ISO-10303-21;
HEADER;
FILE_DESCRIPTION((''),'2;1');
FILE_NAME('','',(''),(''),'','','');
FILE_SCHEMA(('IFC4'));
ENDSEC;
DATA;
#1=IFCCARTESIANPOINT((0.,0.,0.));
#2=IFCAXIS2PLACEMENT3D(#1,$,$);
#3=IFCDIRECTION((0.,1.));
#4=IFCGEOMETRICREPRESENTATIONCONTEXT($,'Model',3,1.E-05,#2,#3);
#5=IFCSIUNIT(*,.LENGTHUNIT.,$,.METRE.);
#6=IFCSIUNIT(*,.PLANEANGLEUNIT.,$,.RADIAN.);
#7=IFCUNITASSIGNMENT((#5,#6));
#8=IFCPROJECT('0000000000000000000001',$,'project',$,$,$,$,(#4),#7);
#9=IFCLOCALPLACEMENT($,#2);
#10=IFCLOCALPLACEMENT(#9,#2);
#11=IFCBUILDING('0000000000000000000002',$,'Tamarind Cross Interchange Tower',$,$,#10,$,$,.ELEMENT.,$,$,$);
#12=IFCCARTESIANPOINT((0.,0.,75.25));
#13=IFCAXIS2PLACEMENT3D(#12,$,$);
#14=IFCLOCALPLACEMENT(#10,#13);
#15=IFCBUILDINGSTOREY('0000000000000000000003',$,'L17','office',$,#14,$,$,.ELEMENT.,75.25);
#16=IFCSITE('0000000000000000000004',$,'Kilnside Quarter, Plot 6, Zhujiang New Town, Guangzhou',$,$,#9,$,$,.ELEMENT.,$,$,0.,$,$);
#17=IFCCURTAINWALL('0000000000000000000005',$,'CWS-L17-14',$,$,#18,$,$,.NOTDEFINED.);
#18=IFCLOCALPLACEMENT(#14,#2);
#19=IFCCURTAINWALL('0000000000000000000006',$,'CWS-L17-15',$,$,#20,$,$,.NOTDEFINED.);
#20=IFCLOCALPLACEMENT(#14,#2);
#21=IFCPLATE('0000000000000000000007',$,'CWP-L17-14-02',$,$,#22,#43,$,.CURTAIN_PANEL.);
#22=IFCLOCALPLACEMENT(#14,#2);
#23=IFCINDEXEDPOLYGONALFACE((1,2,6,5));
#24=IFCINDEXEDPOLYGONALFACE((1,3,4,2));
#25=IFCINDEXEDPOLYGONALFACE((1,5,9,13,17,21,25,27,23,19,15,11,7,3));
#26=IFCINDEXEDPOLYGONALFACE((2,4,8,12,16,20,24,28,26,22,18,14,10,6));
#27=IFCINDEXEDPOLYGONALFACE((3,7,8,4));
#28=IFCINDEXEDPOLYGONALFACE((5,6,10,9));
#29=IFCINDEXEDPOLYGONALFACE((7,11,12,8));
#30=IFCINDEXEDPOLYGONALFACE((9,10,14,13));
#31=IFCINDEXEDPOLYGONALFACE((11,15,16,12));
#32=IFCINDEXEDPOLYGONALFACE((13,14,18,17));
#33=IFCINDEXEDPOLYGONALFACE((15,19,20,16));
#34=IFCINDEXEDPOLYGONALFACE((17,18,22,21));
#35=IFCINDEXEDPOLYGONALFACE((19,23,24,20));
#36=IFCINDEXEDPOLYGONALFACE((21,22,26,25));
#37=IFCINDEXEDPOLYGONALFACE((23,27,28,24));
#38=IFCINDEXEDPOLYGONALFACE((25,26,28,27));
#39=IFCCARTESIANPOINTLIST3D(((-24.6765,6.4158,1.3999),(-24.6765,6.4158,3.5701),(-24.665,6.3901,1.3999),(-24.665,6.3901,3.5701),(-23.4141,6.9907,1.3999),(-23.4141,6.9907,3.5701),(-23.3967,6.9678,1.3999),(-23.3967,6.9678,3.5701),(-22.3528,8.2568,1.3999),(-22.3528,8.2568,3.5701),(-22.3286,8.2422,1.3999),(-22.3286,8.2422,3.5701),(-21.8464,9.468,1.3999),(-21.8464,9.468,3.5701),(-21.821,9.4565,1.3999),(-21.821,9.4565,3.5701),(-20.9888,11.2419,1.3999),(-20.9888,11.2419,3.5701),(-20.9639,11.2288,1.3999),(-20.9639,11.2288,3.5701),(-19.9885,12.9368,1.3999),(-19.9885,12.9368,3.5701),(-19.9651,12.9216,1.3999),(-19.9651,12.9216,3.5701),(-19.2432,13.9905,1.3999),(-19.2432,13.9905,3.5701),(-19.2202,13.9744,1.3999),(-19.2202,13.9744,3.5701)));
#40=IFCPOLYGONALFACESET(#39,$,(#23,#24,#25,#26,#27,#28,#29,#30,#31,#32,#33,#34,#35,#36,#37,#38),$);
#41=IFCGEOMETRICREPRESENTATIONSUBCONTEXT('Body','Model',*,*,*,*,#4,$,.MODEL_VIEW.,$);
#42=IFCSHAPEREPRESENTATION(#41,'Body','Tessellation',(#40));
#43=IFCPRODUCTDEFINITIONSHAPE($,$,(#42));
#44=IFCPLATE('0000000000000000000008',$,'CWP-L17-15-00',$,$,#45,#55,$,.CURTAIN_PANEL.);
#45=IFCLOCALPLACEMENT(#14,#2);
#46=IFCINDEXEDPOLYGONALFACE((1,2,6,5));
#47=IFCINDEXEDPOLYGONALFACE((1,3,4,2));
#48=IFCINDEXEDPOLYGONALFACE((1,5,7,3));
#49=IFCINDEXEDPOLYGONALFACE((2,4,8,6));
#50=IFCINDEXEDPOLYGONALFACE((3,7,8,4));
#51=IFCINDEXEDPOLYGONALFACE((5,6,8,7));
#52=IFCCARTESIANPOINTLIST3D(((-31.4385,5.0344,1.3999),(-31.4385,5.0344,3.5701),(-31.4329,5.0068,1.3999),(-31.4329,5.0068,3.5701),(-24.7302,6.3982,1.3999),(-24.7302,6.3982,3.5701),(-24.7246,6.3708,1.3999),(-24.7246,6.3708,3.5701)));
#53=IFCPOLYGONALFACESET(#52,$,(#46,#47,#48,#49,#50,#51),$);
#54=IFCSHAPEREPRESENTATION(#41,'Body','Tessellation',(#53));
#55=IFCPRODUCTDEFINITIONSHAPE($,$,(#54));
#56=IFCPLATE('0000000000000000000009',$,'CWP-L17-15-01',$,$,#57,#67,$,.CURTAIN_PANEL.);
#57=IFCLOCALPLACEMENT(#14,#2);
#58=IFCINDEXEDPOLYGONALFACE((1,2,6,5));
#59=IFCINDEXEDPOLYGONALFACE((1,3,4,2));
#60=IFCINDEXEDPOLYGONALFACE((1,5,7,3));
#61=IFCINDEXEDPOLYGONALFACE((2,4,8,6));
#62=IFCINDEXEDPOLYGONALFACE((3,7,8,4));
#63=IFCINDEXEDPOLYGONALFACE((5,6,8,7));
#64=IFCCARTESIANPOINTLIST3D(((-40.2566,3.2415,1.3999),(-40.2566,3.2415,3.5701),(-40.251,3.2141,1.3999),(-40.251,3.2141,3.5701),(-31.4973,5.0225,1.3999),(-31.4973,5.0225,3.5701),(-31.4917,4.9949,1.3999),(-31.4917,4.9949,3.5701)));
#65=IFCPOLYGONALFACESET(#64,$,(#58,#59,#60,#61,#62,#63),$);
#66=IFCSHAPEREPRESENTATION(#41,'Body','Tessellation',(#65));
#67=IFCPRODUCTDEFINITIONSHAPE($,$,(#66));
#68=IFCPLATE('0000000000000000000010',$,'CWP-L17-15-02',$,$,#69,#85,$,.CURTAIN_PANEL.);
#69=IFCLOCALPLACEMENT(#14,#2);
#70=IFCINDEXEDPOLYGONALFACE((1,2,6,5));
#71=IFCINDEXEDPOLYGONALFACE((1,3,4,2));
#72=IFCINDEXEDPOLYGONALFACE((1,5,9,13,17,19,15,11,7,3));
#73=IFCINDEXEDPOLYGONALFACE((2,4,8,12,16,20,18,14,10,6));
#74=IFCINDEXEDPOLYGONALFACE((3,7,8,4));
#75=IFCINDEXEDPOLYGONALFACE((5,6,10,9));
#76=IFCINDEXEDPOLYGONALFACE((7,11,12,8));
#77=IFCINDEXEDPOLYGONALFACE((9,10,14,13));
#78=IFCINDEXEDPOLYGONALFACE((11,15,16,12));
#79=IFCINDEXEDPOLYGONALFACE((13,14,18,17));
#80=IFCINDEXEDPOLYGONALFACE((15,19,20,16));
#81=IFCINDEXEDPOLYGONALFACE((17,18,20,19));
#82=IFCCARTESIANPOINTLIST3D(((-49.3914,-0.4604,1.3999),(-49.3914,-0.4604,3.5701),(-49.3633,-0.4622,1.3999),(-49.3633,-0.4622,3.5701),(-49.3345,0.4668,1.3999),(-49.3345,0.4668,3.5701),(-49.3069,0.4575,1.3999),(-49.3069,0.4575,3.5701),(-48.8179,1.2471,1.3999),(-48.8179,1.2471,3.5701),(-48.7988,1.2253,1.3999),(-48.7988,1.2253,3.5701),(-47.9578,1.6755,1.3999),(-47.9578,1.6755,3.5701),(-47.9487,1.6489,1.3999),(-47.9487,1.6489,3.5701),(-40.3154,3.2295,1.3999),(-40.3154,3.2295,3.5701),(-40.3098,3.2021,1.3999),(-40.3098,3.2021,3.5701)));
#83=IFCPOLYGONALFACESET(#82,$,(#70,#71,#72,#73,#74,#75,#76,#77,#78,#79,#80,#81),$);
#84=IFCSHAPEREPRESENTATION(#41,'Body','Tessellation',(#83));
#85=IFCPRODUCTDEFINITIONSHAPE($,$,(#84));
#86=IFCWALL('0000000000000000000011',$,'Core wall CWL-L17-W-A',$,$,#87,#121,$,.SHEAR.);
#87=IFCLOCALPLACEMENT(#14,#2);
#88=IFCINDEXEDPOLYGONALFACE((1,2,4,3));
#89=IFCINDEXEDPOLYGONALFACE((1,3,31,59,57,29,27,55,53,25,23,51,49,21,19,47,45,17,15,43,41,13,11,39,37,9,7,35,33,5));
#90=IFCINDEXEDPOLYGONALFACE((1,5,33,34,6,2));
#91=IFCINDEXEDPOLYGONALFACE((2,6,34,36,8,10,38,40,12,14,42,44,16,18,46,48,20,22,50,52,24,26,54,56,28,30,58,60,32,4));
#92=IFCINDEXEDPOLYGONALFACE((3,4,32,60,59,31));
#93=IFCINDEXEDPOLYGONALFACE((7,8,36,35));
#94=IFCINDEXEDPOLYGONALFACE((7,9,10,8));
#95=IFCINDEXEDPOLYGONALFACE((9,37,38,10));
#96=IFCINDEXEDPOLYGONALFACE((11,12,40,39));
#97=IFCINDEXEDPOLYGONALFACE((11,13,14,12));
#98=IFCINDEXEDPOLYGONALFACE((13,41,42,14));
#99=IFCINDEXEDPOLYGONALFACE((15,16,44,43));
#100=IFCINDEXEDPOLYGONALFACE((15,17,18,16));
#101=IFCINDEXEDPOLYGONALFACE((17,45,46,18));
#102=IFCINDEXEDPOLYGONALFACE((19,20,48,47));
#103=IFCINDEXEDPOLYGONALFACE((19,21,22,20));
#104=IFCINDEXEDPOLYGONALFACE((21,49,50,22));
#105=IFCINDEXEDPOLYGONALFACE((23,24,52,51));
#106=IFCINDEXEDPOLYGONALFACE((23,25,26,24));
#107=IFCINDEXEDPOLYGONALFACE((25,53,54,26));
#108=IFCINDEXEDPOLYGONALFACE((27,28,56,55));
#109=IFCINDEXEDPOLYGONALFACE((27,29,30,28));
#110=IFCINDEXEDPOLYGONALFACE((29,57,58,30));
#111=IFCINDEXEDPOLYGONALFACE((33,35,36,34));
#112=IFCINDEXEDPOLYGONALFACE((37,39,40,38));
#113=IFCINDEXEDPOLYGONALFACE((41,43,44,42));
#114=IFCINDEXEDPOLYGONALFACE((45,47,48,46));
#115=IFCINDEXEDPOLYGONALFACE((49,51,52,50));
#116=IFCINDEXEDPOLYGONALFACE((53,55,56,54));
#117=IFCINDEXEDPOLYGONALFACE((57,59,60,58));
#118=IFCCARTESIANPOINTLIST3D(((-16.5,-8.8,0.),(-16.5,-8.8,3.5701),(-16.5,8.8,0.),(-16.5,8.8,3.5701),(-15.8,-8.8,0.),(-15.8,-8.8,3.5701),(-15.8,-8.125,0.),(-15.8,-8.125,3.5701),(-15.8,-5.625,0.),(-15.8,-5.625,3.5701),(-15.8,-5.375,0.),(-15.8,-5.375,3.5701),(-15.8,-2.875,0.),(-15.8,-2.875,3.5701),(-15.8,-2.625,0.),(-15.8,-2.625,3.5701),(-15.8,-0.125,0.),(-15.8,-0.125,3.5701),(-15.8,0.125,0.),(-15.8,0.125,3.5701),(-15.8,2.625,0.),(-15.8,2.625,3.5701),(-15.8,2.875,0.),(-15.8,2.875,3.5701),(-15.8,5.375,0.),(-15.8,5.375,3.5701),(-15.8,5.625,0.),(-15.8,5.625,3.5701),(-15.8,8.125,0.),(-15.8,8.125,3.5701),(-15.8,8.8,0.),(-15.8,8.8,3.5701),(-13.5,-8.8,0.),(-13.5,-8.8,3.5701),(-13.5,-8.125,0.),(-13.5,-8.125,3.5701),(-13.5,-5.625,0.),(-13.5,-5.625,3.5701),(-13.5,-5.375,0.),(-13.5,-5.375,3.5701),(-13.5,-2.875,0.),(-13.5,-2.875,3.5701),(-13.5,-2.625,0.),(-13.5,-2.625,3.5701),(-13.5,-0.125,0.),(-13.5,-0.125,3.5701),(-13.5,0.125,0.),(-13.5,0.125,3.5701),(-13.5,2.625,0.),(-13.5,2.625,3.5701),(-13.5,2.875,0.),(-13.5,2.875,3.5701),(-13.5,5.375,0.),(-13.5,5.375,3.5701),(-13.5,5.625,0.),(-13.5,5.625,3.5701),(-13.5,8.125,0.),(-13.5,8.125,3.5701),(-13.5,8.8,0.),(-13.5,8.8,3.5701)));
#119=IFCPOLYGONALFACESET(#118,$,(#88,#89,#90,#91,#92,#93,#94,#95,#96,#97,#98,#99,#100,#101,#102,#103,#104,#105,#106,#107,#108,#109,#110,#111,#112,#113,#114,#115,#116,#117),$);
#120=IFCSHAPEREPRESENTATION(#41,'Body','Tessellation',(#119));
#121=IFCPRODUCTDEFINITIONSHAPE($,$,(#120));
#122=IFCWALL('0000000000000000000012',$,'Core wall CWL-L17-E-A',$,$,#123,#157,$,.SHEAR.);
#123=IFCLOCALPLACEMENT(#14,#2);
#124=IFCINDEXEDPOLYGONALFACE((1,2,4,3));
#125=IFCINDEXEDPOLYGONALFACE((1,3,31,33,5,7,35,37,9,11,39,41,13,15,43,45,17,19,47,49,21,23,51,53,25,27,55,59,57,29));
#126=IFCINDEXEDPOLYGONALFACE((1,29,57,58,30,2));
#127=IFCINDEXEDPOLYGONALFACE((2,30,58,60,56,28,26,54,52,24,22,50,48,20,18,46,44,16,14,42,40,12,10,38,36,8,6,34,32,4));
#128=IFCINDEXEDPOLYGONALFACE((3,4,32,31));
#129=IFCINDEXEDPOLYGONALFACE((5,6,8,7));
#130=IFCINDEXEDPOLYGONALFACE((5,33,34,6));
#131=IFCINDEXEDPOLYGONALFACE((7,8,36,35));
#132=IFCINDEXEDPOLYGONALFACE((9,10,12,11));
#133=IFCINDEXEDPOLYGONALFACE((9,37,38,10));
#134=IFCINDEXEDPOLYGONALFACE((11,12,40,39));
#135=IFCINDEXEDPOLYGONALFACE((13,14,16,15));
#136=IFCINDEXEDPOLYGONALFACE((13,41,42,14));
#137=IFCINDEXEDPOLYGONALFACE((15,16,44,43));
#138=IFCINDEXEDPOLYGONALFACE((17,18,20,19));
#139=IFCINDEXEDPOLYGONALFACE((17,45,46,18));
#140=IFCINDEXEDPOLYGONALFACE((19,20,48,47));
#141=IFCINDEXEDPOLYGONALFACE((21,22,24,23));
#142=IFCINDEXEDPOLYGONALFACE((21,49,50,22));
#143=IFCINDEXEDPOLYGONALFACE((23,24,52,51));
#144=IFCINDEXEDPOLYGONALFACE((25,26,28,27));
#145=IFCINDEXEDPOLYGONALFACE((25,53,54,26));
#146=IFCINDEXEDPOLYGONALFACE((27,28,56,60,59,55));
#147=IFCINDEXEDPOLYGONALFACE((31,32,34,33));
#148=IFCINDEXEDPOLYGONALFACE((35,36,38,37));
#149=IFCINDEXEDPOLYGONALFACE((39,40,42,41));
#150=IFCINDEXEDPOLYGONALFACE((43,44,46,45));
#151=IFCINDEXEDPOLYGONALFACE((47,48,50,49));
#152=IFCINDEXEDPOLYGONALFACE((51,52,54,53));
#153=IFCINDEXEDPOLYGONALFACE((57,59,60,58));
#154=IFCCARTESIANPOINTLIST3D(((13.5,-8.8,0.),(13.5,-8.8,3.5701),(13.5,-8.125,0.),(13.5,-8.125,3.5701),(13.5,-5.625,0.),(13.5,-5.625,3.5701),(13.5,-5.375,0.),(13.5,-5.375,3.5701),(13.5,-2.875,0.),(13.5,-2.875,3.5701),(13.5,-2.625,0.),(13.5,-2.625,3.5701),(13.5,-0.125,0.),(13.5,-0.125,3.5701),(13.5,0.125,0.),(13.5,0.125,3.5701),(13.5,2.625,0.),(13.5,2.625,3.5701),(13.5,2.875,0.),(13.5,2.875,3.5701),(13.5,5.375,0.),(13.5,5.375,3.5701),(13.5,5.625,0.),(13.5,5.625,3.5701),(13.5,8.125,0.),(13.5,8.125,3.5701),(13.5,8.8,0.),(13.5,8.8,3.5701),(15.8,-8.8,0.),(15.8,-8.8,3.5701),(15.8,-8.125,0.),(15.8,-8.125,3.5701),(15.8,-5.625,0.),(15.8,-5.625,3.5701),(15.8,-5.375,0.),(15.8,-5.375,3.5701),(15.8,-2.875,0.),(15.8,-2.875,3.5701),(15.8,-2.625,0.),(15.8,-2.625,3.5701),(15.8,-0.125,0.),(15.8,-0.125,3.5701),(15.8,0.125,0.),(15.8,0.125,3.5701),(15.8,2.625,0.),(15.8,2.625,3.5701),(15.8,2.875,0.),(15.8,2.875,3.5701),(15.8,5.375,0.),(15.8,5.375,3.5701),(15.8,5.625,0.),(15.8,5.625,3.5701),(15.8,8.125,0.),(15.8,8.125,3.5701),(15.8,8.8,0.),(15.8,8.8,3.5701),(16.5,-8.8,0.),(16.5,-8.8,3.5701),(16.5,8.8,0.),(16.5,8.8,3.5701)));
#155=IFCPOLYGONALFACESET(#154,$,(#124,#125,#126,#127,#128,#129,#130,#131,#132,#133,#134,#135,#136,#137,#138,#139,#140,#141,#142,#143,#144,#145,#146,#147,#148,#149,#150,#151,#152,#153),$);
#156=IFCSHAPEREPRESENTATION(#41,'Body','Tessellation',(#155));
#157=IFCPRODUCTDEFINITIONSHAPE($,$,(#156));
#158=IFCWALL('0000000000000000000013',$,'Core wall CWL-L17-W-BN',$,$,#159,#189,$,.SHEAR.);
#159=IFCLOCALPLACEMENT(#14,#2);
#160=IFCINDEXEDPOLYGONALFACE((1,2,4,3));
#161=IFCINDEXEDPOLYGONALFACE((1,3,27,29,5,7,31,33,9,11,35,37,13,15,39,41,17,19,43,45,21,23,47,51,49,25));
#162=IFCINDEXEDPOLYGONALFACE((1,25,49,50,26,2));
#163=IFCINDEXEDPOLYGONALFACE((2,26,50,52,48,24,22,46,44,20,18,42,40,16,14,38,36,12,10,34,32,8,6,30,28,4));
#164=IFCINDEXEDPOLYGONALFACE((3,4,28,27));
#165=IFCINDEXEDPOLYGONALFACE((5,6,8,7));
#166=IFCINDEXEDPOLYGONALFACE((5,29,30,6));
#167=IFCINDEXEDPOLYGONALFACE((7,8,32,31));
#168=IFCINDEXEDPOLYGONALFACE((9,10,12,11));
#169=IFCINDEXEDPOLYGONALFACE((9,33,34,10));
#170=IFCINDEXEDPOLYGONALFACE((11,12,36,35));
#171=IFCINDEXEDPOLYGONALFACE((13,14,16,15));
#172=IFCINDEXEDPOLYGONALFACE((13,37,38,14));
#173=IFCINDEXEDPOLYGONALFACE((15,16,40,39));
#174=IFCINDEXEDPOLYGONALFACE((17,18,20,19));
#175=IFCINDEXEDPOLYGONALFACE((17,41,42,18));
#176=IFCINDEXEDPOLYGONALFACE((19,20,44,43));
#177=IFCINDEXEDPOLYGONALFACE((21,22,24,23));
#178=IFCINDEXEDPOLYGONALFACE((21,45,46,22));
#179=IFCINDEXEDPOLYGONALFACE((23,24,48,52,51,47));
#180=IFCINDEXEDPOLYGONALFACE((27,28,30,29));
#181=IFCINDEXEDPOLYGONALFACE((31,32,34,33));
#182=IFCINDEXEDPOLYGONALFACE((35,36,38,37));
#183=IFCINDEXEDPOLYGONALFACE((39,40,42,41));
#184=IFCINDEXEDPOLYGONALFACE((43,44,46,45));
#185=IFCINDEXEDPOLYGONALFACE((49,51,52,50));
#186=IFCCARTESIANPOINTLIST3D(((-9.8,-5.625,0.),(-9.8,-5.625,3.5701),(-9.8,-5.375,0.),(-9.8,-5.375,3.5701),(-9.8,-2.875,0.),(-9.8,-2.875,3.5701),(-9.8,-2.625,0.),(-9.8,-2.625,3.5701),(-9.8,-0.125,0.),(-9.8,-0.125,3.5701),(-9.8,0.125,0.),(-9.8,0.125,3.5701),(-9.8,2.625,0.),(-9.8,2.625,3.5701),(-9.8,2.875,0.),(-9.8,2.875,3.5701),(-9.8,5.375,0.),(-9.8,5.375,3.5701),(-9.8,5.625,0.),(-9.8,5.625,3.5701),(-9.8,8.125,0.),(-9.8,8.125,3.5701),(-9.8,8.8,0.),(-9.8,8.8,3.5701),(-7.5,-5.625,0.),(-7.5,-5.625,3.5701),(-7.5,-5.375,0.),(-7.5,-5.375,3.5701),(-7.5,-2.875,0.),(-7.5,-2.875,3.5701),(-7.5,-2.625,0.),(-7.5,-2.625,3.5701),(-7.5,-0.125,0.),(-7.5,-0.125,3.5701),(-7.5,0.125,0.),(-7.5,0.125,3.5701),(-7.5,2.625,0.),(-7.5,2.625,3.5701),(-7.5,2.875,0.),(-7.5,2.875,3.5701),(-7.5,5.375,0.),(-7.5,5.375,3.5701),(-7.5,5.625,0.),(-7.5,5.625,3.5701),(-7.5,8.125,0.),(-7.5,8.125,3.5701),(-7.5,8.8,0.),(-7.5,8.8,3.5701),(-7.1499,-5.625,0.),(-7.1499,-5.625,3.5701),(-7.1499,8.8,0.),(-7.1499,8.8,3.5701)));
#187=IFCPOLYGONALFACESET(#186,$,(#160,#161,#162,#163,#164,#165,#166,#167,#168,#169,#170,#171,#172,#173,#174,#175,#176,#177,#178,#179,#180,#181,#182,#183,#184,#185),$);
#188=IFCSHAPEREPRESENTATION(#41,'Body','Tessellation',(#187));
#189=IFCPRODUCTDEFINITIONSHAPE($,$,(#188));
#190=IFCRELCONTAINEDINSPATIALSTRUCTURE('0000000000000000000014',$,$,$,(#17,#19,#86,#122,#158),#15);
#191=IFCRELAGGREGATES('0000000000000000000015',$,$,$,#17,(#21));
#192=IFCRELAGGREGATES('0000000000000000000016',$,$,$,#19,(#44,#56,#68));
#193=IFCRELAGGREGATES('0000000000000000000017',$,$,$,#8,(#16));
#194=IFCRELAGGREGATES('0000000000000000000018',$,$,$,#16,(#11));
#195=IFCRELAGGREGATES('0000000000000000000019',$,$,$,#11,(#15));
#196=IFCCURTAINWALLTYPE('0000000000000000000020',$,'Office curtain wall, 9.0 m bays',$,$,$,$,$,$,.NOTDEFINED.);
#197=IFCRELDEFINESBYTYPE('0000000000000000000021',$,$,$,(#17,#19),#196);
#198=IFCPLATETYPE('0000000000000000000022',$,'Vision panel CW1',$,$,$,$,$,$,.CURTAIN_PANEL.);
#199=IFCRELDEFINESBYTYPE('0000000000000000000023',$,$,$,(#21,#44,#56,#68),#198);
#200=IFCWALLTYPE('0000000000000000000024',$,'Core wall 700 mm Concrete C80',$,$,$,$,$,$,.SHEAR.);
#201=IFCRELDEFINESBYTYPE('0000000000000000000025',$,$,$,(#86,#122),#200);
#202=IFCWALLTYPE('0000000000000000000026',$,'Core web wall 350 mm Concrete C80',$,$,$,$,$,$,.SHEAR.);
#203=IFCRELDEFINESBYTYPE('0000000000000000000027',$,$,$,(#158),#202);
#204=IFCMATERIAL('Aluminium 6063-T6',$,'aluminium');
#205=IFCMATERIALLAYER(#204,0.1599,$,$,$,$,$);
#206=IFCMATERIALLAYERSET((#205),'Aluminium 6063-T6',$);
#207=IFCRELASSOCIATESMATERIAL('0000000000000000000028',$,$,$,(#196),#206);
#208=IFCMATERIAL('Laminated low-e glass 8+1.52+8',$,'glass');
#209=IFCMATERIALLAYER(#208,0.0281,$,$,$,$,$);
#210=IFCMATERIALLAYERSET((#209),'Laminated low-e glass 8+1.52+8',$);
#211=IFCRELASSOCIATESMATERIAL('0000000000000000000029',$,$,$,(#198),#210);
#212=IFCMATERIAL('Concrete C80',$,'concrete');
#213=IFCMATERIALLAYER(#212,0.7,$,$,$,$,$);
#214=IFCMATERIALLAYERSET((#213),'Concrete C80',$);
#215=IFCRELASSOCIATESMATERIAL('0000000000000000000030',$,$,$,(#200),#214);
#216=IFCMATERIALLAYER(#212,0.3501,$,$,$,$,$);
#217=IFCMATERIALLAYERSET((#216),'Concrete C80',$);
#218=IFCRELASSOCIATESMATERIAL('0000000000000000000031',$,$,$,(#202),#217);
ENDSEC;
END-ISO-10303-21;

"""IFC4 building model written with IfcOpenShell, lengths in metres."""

from ifc_helpers import new_model, si_unit, direction, frame, origin, place, context, subcontext, project, spatial, polyline, outline, extrude, material, layer, layer_set, type_object, element, aggregate, save


model = new_model("IFC4")

# Units and contexts
model_context = context("Model", 3, precision=1e-05, world=origin(), true_north=direction((0.0, 1.0)))
body_context = subcontext(model_context, "Body", "Model", "MODEL_VIEW")
ifc_project = project(units=[si_unit("LENGTHUNIT", "METRE"), si_unit("PLANEANGLEUNIT", "RADIAN")], contexts=[model_context])

# Site, building, storey
site_placement = place(None, origin())
site = spatial("IfcSite", under=ifc_project, at=site_placement, Name="Kilnside Quarter, Plot 6, Zhujiang New Town, Guangzhou", CompositionType="ELEMENT", RefElevation=0.0)
building_placement = place(site_placement, origin())
building = spatial("IfcBuilding", under=site, at=building_placement, Name="Tamarind Cross Interchange Tower", CompositionType="ELEMENT")
storey_placement = place(building_placement, frame((0.0, 0.0, 75.25)))
storey = spatial("IfcBuildingStorey", under=building, at=storey_placement, Name="L17", Description="office", CompositionType="ELEMENT", Elevation=75.25)

# Curtain walls
ifc_material_1 = material(Name="Aluminium 6063-T6", Category="aluminium")
ifc_layer_1 = layer(ifc_material_1, 0.1599)
ifc_layer_set_1 = layer_set([ifc_layer_1], Name="Aluminium 6063-T6")
curtain_wall_type = type_object("IfcCurtainWallType", Name="Office curtain wall, 9.0 m bays", PredefinedType="NOTDEFINED", material=ifc_layer_set_1)
curtain_wall_1_placement = place(storey_placement, origin())
curtain_wall_1 = element("IfcCurtainWall", 1, at=curtain_wall_1_placement, inside=storey, type_object=curtain_wall_type, Name="CWS-L17-14", PredefinedType="NOTDEFINED")
curtain_wall_2_placement = place(storey_placement, origin())
curtain_wall_2 = element("IfcCurtainWall", 2, at=curtain_wall_2_placement, inside=storey, type_object=curtain_wall_type, Name="CWS-L17-15", PredefinedType="NOTDEFINED")

# Plates
ifc_material_2 = material(Name="Laminated low-e glass 8+1.52+8", Category="glass")
ifc_layer_2 = layer(ifc_material_2, 0.0281)
ifc_layer_set_2 = layer_set([ifc_layer_2], Name="Laminated low-e glass 8+1.52+8")
plate_type = type_object("IfcPlateType", Name="Vision panel CW1", PredefinedType="CURTAIN_PANEL", material=ifc_layer_set_2)
plate_1_placement = place(storey_placement, frame((0.0, 0.0, 1.3999)))
plate_1 = element("IfcPlate", 3, at=plate_1_placement, type_object=plate_type, Name="CWP-L17-14-02", PredefinedType="CURTAIN_PANEL", context=body_context, shape_type="SweptSolid", body=[
    extrude(outline(polyline([(-19.2202, 13.9744), (-19.9651, 12.9216), (-20.9639, 11.2288), (-21.821, 9.4565), (-22.3286, 8.2422), (-23.3967, 6.9678), (-24.665, 6.3901), (-24.6765, 6.4158), (-23.4141, 6.9907), (-22.3528, 8.2568), (-21.8464, 9.468), (-20.9888, 11.2419), (-19.9885, 12.9368), (-19.2432, 13.9905), (-19.2202, 13.9744)])), origin(), (0.0, 0.0, 1.0), 2.1702),
])
aggregate(curtain_wall_1, [plate_1])
plate_2_placement = place(storey_placement, frame((0.0, 0.0, 1.3999)))
plate_2 = element("IfcPlate", 4, at=plate_2_placement, type_object=plate_type, Name="CWP-L17-15-00", PredefinedType="CURTAIN_PANEL", context=body_context, shape_type="SweptSolid", body=[
    extrude(outline(polyline([(-24.7246, 6.3708), (-31.4329, 5.0068), (-31.4385, 5.0344), (-24.7302, 6.3982), (-24.7246, 6.3708)])), origin(), (0.0, 0.0, 1.0), 2.1702),
])
plate_3_placement = place(storey_placement, frame((0.0, 0.0, 1.3999)))
plate_3 = element("IfcPlate", 5, at=plate_3_placement, type_object=plate_type, Name="CWP-L17-15-01", PredefinedType="CURTAIN_PANEL", context=body_context, shape_type="SweptSolid", body=[
    extrude(outline(polyline([(-31.4917, 4.9949), (-40.251, 3.2141), (-40.2566, 3.2415), (-31.4973, 5.0225), (-31.4917, 4.9949)])), origin(), (0.0, 0.0, 1.0), 2.1702),
])
plate_4_placement = place(storey_placement, frame((0.0, 0.0, 1.3999)))
plate_4 = element("IfcPlate", 6, at=plate_4_placement, type_object=plate_type, Name="CWP-L17-15-02", PredefinedType="CURTAIN_PANEL", context=body_context, shape_type="SweptSolid", body=[
    extrude(outline(polyline([(-40.3098, 3.2021), (-47.9487, 1.6489), (-48.7988, 1.2253), (-49.3069, 0.4575), (-49.3633, -0.4622), (-49.3914, -0.4604), (-49.3345, 0.4668), (-48.8179, 1.2471), (-47.9578, 1.6755), (-40.3154, 3.2295), (-40.3098, 3.2021)])), origin(), (0.0, 0.0, 1.0), 2.1702),
])
aggregate(curtain_wall_2, [plate_2, plate_3, plate_4])

# Walls
ifc_material_3 = material(Name="Concrete C80", Category="concrete")
ifc_layer_3 = layer(ifc_material_3, 0.7)
ifc_layer_set_3 = layer_set([ifc_layer_3], Name="Concrete C80")
wall_type_1 = type_object("IfcWallType", Name="Core wall 700 mm Concrete C80", PredefinedType="SHEAR", material=ifc_layer_set_3)
wall_1_placement = place(storey_placement, origin())
element("IfcWall", 7, at=wall_1_placement, inside=storey, type_object=wall_type_1, Name="Core wall CWL-L17-W-A", PredefinedType="SHEAR", context=body_context, shape_type="SweptSolid", body=[
    extrude(outline(polyline([(-13.5, -8.8), (-13.5, -8.125), (-15.8, -8.125), (-15.8, -5.625), (-13.5, -5.625), (-13.5, -5.375), (-15.8, -5.375), (-15.8, -2.875), (-13.5, -2.875), (-13.5, -2.625), (-15.8, -2.625), (-15.8, -0.125), (-13.5, -0.125), (-13.5, 0.125), (-15.8, 0.125), (-15.8, 2.625), (-13.5, 2.625), (-13.5, 2.875), (-15.8, 2.875), (-15.8, 5.375), (-13.5, 5.375), (-13.5, 5.625), (-15.8, 5.625), (-15.8, 8.125), (-13.5, 8.125), (-13.5, 8.8), (-15.8, 8.8), (-16.5, 8.8), (-16.5, -8.8), (-15.8, -8.8), (-13.5, -8.8)])), origin(), (0.0, 0.0, 1.0), 3.5701),
])
wall_2_placement = place(storey_placement, origin())
element("IfcWall", 8, at=wall_2_placement, inside=storey, type_object=wall_type_1, Name="Core wall CWL-L17-E-A", PredefinedType="SHEAR", context=body_context, shape_type="SweptSolid", body=[
    extrude(outline(polyline([(13.5, -8.8), (15.8, -8.8), (16.5, -8.8), (16.5, 8.8), (15.8, 8.8), (13.5, 8.8), (13.5, 8.125), (15.8, 8.125), (15.8, 5.625), (13.5, 5.625), (13.5, 5.375), (15.8, 5.375), (15.8, 2.875), (13.5, 2.875), (13.5, 2.625), (15.8, 2.625), (15.8, 0.125), (13.5, 0.125), (13.5, -0.125), (15.8, -0.125), (15.8, -2.625), (13.5, -2.625), (13.5, -2.875), (15.8, -2.875), (15.8, -5.375), (13.5, -5.375), (13.5, -5.625), (15.8, -5.625), (15.8, -8.125), (13.5, -8.125), (13.5, -8.8)])), origin(), (0.0, 0.0, 1.0), 3.5701),
])
ifc_layer_4 = layer(ifc_material_3, 0.3501)
ifc_layer_set_4 = layer_set([ifc_layer_4], Name="Concrete C80")
wall_type_2 = type_object("IfcWallType", Name="Core web wall 350 mm Concrete C80", PredefinedType="SHEAR", material=ifc_layer_set_4)
wall_3_placement = place(storey_placement, origin())
element("IfcWall", 9, at=wall_3_placement, inside=storey, type_object=wall_type_2, Name="Core wall CWL-L17-W-BN", PredefinedType="SHEAR", context=body_context, shape_type="SweptSolid", body=[
    extrude(outline(polyline([(-9.8, -5.375), (-9.8, -5.625), (-7.5, -5.625), (-7.1499, -5.625), (-7.1499, 8.8), (-7.5, 8.8), (-9.8, 8.8), (-9.8, 8.125), (-7.5, 8.125), (-7.5, 5.625), (-9.8, 5.625), (-9.8, 5.375), (-7.5, 5.375), (-7.5, 2.875), (-9.8, 2.875), (-9.8, 2.625), (-7.5, 2.625), (-7.5, 0.125), (-9.8, 0.125), (-9.8, -0.125), (-7.5, -0.125), (-7.5, -2.625), (-9.8, -2.625), (-9.8, -2.875), (-7.5, -2.875), (-7.5, -5.375), (-9.8, -5.375)])), origin(), (0.0, 0.0, 1.0), 3.5701),
])

save(model, "model.ifc")
